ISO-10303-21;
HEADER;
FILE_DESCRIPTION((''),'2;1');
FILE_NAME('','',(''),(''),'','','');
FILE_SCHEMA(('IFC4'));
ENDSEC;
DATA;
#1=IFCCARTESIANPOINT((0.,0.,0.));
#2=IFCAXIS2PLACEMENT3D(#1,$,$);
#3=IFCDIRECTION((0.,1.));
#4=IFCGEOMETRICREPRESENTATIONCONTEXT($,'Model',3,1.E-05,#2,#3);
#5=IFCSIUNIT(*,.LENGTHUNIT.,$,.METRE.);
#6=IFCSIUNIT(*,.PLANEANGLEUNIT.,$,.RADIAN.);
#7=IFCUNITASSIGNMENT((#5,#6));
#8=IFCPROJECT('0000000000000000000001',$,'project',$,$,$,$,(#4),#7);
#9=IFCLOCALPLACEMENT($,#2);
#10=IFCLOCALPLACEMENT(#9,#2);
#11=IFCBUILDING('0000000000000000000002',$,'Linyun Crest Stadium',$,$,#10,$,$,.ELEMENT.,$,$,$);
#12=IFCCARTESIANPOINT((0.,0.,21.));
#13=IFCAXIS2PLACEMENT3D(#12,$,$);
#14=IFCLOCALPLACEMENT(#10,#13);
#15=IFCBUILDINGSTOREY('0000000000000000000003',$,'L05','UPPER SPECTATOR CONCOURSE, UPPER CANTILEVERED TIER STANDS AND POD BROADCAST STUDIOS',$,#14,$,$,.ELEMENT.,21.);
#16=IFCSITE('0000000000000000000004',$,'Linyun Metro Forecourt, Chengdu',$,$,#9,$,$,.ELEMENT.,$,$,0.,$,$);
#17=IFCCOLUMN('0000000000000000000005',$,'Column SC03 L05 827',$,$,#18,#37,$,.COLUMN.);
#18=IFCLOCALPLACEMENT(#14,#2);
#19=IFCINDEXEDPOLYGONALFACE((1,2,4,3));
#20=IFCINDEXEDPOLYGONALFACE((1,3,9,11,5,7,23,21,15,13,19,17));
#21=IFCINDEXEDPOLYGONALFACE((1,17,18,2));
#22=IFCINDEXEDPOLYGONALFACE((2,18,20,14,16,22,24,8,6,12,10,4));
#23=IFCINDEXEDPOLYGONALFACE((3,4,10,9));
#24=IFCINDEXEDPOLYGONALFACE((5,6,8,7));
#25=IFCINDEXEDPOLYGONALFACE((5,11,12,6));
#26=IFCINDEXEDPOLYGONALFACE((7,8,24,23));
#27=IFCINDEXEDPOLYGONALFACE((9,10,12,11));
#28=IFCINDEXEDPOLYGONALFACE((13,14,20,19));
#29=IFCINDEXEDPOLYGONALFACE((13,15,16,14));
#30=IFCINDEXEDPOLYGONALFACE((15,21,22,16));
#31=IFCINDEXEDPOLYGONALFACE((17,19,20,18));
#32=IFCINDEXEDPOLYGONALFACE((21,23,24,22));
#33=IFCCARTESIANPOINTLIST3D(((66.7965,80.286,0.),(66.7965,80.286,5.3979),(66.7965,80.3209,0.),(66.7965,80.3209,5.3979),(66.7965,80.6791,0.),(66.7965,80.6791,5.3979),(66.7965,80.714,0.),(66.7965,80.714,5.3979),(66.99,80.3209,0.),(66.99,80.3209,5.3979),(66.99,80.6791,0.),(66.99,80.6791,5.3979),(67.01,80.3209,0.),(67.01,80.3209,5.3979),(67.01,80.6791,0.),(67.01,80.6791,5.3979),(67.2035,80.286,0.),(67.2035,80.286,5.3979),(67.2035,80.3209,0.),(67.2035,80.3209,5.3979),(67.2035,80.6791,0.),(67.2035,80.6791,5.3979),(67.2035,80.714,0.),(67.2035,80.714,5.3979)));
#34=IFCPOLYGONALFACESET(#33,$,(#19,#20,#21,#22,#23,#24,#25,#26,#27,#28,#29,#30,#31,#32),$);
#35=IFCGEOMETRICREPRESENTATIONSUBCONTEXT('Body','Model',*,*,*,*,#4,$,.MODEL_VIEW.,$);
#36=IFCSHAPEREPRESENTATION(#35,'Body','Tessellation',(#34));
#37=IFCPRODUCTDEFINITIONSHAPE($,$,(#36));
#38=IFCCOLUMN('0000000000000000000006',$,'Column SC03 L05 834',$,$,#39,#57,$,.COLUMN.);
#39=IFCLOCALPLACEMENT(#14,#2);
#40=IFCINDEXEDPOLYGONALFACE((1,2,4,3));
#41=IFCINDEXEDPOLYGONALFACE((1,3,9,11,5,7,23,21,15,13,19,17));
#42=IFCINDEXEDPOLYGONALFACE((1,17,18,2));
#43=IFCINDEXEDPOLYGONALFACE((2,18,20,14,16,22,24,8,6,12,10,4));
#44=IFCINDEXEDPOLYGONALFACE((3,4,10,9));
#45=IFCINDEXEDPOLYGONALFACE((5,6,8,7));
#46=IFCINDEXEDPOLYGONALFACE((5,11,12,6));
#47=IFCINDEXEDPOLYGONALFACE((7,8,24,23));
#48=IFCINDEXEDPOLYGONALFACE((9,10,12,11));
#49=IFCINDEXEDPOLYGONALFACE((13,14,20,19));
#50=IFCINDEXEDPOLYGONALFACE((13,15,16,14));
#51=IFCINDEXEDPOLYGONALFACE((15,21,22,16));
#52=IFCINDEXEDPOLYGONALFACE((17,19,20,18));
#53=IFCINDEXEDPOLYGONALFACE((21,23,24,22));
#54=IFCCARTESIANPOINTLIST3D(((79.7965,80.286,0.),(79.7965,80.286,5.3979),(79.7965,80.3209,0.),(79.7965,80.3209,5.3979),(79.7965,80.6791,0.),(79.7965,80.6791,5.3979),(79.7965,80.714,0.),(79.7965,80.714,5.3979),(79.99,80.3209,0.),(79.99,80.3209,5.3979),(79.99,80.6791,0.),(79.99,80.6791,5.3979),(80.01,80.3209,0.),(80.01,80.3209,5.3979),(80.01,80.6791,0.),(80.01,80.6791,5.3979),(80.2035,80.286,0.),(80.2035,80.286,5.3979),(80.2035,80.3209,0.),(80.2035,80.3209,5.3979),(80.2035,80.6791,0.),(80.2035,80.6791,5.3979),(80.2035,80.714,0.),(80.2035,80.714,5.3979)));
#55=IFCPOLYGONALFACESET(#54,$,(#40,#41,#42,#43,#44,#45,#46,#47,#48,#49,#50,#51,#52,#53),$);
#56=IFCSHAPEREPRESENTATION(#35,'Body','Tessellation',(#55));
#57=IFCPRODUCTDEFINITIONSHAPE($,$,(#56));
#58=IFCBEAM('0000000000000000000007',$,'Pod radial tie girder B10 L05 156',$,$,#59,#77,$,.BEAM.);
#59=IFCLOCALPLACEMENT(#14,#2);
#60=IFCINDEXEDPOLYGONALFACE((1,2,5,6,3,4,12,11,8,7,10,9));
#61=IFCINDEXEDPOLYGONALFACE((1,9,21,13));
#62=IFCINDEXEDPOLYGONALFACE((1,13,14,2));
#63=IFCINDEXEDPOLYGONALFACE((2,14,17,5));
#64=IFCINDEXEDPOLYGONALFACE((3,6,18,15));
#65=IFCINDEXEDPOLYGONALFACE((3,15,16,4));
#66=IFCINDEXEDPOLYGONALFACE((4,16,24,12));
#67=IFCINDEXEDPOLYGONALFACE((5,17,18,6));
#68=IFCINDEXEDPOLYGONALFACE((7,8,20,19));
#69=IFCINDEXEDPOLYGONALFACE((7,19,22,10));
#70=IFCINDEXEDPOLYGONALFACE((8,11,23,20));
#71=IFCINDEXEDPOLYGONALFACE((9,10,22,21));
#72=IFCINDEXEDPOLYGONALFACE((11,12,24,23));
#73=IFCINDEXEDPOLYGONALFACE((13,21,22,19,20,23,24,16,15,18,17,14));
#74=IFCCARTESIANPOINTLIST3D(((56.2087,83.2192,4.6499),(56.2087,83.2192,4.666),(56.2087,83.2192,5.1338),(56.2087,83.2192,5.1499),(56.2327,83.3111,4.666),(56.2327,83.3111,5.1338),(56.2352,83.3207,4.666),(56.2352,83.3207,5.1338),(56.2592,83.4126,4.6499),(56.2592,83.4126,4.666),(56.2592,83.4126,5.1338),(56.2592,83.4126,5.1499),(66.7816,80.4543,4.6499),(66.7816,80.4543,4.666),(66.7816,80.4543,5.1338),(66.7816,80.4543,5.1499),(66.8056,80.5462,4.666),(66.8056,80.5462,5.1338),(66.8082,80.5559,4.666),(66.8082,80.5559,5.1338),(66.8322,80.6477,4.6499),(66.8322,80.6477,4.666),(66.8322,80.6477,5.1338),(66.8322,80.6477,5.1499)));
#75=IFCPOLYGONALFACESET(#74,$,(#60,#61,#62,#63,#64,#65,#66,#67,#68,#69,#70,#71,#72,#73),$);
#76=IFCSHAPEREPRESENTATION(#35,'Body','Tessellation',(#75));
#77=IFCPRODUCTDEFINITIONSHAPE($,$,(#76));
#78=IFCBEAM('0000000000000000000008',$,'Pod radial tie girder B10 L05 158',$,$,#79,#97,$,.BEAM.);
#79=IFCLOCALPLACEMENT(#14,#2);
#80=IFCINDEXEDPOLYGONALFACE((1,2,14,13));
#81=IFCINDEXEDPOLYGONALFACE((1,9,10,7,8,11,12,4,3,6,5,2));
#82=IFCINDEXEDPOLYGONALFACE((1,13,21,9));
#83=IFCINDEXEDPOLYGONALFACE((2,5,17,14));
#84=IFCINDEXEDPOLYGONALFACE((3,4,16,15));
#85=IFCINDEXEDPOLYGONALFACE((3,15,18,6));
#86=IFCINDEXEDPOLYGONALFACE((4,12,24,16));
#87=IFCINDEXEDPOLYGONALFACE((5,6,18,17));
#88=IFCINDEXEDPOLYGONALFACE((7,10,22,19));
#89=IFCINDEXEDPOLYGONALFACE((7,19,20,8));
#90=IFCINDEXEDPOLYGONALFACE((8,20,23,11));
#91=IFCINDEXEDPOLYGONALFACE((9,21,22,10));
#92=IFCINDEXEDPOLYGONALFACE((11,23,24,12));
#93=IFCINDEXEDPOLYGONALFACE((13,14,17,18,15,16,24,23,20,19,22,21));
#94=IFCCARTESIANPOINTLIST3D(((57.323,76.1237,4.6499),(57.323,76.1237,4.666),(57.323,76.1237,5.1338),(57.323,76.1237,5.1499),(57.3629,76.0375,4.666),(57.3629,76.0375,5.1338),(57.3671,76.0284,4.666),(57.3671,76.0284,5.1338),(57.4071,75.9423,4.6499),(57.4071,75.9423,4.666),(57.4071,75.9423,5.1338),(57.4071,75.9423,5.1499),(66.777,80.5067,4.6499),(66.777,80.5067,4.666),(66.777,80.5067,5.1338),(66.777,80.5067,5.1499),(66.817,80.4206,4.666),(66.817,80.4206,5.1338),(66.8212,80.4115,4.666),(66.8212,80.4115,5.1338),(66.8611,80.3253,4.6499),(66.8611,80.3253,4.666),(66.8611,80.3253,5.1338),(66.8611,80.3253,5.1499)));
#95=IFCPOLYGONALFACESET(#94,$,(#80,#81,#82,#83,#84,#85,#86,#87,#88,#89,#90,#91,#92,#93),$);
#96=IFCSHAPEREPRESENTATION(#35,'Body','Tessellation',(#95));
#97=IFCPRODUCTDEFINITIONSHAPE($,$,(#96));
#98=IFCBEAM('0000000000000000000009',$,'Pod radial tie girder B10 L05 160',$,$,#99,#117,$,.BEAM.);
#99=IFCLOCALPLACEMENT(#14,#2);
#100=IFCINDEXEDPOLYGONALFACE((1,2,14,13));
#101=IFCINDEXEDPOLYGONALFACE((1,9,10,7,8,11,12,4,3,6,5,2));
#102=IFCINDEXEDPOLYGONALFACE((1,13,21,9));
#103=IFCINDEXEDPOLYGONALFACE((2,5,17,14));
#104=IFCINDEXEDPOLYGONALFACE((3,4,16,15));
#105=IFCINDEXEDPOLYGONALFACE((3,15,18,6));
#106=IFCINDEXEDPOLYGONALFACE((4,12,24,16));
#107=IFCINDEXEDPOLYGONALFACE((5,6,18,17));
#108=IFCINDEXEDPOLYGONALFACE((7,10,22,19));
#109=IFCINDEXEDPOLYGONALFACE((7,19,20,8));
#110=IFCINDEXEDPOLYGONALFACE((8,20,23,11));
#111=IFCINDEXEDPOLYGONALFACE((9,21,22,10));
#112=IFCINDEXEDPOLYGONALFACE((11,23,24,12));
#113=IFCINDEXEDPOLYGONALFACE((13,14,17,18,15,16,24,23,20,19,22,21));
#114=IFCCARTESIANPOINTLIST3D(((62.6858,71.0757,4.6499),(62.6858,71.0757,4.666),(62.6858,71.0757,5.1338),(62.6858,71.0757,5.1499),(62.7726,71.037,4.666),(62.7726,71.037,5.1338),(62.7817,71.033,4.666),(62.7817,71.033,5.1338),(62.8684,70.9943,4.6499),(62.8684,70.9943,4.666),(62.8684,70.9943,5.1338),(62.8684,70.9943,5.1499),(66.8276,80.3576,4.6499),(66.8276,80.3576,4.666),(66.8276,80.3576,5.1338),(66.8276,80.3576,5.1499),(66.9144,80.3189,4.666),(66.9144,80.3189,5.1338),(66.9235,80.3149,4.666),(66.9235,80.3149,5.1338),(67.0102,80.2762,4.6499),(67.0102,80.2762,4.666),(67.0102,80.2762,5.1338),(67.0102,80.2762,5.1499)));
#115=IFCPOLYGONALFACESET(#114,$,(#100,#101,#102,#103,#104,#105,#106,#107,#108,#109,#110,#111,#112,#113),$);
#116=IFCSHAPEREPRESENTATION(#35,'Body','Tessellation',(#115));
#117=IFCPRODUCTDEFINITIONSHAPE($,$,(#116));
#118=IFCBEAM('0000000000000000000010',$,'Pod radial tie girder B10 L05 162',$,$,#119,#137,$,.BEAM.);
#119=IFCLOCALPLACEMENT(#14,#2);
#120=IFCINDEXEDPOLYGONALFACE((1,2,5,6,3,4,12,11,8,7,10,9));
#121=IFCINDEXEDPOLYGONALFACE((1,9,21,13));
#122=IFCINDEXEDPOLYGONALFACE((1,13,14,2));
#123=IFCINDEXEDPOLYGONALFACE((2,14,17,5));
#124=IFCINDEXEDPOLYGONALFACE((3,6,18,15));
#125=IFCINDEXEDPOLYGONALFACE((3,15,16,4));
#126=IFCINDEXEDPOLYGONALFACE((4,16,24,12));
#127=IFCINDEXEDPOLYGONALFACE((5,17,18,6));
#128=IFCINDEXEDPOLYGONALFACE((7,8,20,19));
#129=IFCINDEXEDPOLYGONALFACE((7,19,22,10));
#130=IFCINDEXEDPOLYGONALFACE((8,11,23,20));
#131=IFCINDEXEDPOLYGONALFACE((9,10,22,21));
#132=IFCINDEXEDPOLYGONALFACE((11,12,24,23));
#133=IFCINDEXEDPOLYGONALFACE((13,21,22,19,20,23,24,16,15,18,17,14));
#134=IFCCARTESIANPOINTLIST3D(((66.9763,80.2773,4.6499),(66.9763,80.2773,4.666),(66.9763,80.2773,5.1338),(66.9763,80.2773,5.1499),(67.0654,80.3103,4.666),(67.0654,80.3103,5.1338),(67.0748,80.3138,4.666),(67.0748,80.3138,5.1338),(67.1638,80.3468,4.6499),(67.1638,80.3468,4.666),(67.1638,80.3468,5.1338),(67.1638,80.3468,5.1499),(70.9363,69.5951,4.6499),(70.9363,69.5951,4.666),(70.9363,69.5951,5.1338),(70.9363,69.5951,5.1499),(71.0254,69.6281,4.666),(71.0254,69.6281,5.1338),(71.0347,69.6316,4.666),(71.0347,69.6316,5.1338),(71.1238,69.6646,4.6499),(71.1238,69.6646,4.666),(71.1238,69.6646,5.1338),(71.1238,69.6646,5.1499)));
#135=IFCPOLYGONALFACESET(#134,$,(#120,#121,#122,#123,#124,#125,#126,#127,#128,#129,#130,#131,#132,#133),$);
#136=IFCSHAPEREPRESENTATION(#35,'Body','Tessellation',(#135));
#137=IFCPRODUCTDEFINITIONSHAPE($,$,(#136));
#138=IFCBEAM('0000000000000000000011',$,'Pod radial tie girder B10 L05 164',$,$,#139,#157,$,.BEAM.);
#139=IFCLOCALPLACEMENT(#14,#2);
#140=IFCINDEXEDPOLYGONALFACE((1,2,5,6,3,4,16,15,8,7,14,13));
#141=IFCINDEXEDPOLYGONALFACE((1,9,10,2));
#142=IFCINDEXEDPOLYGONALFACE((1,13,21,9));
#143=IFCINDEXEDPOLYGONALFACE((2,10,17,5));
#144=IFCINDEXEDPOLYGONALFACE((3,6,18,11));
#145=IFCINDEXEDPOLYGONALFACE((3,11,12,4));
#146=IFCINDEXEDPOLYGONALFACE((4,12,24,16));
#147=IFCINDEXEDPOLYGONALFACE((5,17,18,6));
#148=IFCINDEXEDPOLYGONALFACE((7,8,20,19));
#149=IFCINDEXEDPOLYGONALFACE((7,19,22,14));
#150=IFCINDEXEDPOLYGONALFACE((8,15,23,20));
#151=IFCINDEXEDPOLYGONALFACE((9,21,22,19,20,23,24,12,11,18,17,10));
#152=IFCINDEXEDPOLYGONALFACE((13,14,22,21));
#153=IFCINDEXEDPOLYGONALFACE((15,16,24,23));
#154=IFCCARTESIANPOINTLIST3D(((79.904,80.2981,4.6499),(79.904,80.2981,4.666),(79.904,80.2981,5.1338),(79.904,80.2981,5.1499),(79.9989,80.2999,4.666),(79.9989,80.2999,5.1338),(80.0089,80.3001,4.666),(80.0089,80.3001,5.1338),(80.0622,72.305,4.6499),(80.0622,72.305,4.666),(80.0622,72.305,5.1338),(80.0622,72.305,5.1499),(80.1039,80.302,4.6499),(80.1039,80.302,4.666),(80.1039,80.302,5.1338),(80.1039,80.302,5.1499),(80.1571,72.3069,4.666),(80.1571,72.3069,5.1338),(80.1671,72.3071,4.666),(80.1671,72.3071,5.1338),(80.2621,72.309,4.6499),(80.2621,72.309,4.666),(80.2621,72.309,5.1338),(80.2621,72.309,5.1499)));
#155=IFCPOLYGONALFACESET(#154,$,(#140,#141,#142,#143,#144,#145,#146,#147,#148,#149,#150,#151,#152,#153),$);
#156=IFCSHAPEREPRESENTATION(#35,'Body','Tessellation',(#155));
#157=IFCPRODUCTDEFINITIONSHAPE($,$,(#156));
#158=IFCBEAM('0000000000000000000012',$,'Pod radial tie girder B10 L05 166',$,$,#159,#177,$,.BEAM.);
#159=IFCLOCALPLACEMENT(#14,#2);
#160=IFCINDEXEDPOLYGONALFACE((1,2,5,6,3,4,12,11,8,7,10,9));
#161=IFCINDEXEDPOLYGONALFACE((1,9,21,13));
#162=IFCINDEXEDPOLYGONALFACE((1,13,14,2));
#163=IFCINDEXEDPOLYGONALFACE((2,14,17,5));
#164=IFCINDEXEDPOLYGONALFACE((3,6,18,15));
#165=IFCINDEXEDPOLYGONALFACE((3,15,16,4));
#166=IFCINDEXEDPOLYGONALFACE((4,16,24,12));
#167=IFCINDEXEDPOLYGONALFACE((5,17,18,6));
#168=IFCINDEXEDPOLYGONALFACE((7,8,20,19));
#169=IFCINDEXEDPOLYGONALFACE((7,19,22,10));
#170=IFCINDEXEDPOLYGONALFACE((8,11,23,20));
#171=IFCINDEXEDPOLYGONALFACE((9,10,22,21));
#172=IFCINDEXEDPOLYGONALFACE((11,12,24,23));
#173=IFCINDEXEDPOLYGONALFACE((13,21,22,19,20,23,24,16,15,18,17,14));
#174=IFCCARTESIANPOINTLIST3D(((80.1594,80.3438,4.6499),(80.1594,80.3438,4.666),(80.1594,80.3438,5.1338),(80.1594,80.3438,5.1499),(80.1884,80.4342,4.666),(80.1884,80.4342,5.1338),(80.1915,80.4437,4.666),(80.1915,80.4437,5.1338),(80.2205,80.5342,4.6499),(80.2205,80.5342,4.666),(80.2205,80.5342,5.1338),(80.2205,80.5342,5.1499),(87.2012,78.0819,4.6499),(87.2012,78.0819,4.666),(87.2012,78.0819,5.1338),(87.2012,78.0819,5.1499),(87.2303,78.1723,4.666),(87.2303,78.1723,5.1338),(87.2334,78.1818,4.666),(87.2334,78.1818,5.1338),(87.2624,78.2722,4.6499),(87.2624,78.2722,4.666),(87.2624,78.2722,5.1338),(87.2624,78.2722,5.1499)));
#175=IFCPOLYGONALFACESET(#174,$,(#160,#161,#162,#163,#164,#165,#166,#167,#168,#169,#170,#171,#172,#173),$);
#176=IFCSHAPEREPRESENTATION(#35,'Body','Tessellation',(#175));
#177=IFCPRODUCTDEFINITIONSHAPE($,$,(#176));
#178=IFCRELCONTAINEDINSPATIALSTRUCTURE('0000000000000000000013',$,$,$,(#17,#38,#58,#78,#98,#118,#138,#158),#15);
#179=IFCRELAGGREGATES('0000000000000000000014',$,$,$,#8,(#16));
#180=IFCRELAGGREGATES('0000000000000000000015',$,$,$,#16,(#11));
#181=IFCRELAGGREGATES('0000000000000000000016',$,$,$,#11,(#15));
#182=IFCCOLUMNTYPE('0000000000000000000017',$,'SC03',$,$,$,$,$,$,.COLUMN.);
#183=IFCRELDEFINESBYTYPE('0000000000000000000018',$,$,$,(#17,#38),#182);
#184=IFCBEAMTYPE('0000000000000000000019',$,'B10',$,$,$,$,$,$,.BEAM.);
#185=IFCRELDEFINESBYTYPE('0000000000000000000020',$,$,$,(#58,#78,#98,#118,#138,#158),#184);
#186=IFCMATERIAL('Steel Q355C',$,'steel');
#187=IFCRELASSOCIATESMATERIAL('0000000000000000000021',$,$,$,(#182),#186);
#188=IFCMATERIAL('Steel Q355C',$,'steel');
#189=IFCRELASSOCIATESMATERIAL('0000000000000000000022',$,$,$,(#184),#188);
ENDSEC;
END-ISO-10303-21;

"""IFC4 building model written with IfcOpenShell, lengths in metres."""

from ifc_helpers import new_model, si_unit, direction, frame, origin, origin_2d, place, context, subcontext, project, spatial, i_section, extrude, material, material_profile, profile_set, type_object, element, save


model = new_model("IFC4")

# Units and contexts
model_context = context("Model", 3, precision=1e-05, world=origin(), true_north=direction((0.0, 1.0)))
body_context = subcontext(model_context, "Body", "Model", "MODEL_VIEW")
ifc_project = project(units=[si_unit("LENGTHUNIT", "METRE"), si_unit("PLANEANGLEUNIT", "RADIAN")], contexts=[model_context])

# Site, building, storey
site_placement = place(None, origin())
site = spatial("IfcSite", under=ifc_project, at=site_placement, Name="Linyun Metro Forecourt, Chengdu", CompositionType="ELEMENT", RefElevation=0.0)
building_placement = place(site_placement, origin())
building = spatial("IfcBuilding", under=site, at=building_placement, Name="Linyun Crest Stadium", CompositionType="ELEMENT")
storey_placement = place(building_placement, frame((0.0, 0.0, 21.0)))
storey = spatial("IfcBuildingStorey", under=building, at=storey_placement, Name="L05", Description="UPPER SPECTATOR CONCOURSE, UPPER CANTILEVERED TIER STANDS AND POD BROADCAST STUDIOS", CompositionType="ELEMENT", Elevation=21.0)

# Columns
ifc_material_1 = material(Name="Steel Q355C", Category="steel")
ifc_material_profile_1 = material_profile(ifc_material_1, i_section(OverallWidth=0.407, OverallDepth=0.428, WebThickness=0.02, FlangeThickness=0.0349, at=origin_2d()), Name="HW 428x407")
ifc_profile_set_1 = profile_set([ifc_material_profile_1], Name="Steel Q355C")
column_type = type_object("IfcColumnType", Name="SC03", PredefinedType="COLUMN", material=ifc_profile_set_1)
for number, where, z_axis, x_axis, name in (
    (1, (67.0, 80.5, 0.0), (0.0, 0.0, 1.0), (1.0, 0.0, 0.0), "Column SC03 L05 827"),
    (2, (80.0, 80.5, 0.0), (0.0, 0.0, 1.0), (1.0, 0.0, 0.0), "Column SC03 L05 834"),
):
    element("IfcColumn", number, at=place(storey_placement, frame(where, z_axis=z_axis, x_axis=x_axis)), inside=storey, type_object=column_type, Name=name, PredefinedType="COLUMN", context=body_context, shape_type="SweptSolid", body=[
        extrude(i_section(OverallWidth=0.407, OverallDepth=0.428, WebThickness=0.02, FlangeThickness=0.0349, at=origin_2d()), origin(), (0.0, 0.0, 1.0), 5.3979),
    ])

# Beams
ifc_material_2 = material(Name="Steel Q355C", Category="steel")
ifc_material_profile_2 = material_profile(ifc_material_2, i_section(OverallWidth=0.2, OverallDepth=0.5, WebThickness=0.01, FlangeThickness=0.0161, at=origin_2d()), Name="HN 500x200")
ifc_profile_set_2 = profile_set([ifc_material_profile_2], Name="Steel Q355C")
beam_type_1 = type_object("IfcBeamType", Name="B10", PredefinedType="BEAM", material=ifc_profile_set_2)
beam_1_placement = place(storey_placement, frame((66.8069, 80.551, 4.8999), z_axis=(-0.967467, 0.252998, 0.0), x_axis=(-0.252998, -0.967467, 0.0)))
element("IfcBeam", 3, at=beam_1_placement, inside=storey, type_object=beam_type_1, Name="Pod radial tie girder B10 L05 156", PredefinedType="BEAM", context=body_context, shape_type="SweptSolid", body=[
    extrude(i_section(OverallWidth=0.2, OverallDepth=0.5, WebThickness=0.01, FlangeThickness=0.0161, at=origin_2d()), origin(), (0.0, 0.0, 1.0), 10.9285),
])
beam_2_placement = place(storey_placement, frame((66.8191, 80.416, 4.8999), z_axis=(-0.907241, -0.42061, 0.0), x_axis=(0.42061, -0.907241, 0.0)))
element("IfcBeam", 4, at=beam_2_placement, inside=storey, type_object=beam_type_1, Name="Pod radial tie girder B10 L05 158", PredefinedType="BEAM", context=body_context, shape_type="SweptSolid", body=[
    extrude(i_section(OverallWidth=0.2, OverallDepth=0.5, WebThickness=0.01, FlangeThickness=0.0161, at=origin_2d()), origin(), (0.0, 0.0, 1.0), 10.4207),
])
beam_3_placement = place(storey_placement, frame((66.9189, 80.3169, 4.8999), z_axis=(-0.407495, -0.913207, 0.0), x_axis=(0.913207, -0.407495, 0.0)))
element("IfcBeam", 5, at=beam_3_placement, inside=storey, type_object=beam_type_1, Name="Pod radial tie girder B10 L05 160", PredefinedType="BEAM", context=body_context, shape_type="SweptSolid", body=[
    extrude(i_section(OverallWidth=0.2, OverallDepth=0.5, WebThickness=0.01, FlangeThickness=0.0161, at=origin_2d()), origin(), (0.0, 0.0, 1.0), 10.1641),
])
beam_4_placement = place(storey_placement, frame((67.0701, 80.312, 4.8999), z_axis=(0.347594, -0.937645, 0.0), x_axis=(0.937645, 0.347594, 0.0)))
element("IfcBeam", 6, at=beam_4_placement, inside=storey, type_object=beam_type_1, Name="Pod radial tie girder B10 L05 162", PredefinedType="BEAM", context=body_context, shape_type="SweptSolid", body=[
    extrude(i_section(OverallWidth=0.2, OverallDepth=0.5, WebThickness=0.01, FlangeThickness=0.0161, at=origin_2d()), origin(), (0.0, 0.0, 1.0), 11.3926),
])
beam_5_placement = place(storey_placement, frame((80.0039, 80.3, 4.8999), z_axis=(0.019788, -0.999804, 0.0), x_axis=(0.999804, 0.019788, 0.0)))
element("IfcBeam", 7, at=beam_5_placement, inside=storey, type_object=beam_type_1, Name="Pod radial tie girder B10 L05 164", PredefinedType="BEAM", context=body_context, shape_type="SweptSolid", body=[
    extrude(i_section(OverallWidth=0.2, OverallDepth=0.5, WebThickness=0.01, FlangeThickness=0.0161, at=origin_2d()), origin(), (0.0, 0.0, 1.0), 7.9946),
])
beam_6_placement = place(storey_placement, frame((80.1899, 80.439, 4.8999), z_axis=(0.952089, -0.305821, 0.0), x_axis=(0.305821, 0.952089, 0.0)))
element("IfcBeam", 8, at=beam_6_placement, inside=storey, type_object=beam_type_1, Name="Pod radial tie girder B10 L05 166", PredefinedType="BEAM", context=body_context, shape_type="SweptSolid", body=[
    extrude(i_section(OverallWidth=0.2, OverallDepth=0.5, WebThickness=0.01, FlangeThickness=0.0161, at=origin_2d()), origin(), (0.0, 0.0, 1.0), 7.3962),
])

save(model, "model.ifc")
